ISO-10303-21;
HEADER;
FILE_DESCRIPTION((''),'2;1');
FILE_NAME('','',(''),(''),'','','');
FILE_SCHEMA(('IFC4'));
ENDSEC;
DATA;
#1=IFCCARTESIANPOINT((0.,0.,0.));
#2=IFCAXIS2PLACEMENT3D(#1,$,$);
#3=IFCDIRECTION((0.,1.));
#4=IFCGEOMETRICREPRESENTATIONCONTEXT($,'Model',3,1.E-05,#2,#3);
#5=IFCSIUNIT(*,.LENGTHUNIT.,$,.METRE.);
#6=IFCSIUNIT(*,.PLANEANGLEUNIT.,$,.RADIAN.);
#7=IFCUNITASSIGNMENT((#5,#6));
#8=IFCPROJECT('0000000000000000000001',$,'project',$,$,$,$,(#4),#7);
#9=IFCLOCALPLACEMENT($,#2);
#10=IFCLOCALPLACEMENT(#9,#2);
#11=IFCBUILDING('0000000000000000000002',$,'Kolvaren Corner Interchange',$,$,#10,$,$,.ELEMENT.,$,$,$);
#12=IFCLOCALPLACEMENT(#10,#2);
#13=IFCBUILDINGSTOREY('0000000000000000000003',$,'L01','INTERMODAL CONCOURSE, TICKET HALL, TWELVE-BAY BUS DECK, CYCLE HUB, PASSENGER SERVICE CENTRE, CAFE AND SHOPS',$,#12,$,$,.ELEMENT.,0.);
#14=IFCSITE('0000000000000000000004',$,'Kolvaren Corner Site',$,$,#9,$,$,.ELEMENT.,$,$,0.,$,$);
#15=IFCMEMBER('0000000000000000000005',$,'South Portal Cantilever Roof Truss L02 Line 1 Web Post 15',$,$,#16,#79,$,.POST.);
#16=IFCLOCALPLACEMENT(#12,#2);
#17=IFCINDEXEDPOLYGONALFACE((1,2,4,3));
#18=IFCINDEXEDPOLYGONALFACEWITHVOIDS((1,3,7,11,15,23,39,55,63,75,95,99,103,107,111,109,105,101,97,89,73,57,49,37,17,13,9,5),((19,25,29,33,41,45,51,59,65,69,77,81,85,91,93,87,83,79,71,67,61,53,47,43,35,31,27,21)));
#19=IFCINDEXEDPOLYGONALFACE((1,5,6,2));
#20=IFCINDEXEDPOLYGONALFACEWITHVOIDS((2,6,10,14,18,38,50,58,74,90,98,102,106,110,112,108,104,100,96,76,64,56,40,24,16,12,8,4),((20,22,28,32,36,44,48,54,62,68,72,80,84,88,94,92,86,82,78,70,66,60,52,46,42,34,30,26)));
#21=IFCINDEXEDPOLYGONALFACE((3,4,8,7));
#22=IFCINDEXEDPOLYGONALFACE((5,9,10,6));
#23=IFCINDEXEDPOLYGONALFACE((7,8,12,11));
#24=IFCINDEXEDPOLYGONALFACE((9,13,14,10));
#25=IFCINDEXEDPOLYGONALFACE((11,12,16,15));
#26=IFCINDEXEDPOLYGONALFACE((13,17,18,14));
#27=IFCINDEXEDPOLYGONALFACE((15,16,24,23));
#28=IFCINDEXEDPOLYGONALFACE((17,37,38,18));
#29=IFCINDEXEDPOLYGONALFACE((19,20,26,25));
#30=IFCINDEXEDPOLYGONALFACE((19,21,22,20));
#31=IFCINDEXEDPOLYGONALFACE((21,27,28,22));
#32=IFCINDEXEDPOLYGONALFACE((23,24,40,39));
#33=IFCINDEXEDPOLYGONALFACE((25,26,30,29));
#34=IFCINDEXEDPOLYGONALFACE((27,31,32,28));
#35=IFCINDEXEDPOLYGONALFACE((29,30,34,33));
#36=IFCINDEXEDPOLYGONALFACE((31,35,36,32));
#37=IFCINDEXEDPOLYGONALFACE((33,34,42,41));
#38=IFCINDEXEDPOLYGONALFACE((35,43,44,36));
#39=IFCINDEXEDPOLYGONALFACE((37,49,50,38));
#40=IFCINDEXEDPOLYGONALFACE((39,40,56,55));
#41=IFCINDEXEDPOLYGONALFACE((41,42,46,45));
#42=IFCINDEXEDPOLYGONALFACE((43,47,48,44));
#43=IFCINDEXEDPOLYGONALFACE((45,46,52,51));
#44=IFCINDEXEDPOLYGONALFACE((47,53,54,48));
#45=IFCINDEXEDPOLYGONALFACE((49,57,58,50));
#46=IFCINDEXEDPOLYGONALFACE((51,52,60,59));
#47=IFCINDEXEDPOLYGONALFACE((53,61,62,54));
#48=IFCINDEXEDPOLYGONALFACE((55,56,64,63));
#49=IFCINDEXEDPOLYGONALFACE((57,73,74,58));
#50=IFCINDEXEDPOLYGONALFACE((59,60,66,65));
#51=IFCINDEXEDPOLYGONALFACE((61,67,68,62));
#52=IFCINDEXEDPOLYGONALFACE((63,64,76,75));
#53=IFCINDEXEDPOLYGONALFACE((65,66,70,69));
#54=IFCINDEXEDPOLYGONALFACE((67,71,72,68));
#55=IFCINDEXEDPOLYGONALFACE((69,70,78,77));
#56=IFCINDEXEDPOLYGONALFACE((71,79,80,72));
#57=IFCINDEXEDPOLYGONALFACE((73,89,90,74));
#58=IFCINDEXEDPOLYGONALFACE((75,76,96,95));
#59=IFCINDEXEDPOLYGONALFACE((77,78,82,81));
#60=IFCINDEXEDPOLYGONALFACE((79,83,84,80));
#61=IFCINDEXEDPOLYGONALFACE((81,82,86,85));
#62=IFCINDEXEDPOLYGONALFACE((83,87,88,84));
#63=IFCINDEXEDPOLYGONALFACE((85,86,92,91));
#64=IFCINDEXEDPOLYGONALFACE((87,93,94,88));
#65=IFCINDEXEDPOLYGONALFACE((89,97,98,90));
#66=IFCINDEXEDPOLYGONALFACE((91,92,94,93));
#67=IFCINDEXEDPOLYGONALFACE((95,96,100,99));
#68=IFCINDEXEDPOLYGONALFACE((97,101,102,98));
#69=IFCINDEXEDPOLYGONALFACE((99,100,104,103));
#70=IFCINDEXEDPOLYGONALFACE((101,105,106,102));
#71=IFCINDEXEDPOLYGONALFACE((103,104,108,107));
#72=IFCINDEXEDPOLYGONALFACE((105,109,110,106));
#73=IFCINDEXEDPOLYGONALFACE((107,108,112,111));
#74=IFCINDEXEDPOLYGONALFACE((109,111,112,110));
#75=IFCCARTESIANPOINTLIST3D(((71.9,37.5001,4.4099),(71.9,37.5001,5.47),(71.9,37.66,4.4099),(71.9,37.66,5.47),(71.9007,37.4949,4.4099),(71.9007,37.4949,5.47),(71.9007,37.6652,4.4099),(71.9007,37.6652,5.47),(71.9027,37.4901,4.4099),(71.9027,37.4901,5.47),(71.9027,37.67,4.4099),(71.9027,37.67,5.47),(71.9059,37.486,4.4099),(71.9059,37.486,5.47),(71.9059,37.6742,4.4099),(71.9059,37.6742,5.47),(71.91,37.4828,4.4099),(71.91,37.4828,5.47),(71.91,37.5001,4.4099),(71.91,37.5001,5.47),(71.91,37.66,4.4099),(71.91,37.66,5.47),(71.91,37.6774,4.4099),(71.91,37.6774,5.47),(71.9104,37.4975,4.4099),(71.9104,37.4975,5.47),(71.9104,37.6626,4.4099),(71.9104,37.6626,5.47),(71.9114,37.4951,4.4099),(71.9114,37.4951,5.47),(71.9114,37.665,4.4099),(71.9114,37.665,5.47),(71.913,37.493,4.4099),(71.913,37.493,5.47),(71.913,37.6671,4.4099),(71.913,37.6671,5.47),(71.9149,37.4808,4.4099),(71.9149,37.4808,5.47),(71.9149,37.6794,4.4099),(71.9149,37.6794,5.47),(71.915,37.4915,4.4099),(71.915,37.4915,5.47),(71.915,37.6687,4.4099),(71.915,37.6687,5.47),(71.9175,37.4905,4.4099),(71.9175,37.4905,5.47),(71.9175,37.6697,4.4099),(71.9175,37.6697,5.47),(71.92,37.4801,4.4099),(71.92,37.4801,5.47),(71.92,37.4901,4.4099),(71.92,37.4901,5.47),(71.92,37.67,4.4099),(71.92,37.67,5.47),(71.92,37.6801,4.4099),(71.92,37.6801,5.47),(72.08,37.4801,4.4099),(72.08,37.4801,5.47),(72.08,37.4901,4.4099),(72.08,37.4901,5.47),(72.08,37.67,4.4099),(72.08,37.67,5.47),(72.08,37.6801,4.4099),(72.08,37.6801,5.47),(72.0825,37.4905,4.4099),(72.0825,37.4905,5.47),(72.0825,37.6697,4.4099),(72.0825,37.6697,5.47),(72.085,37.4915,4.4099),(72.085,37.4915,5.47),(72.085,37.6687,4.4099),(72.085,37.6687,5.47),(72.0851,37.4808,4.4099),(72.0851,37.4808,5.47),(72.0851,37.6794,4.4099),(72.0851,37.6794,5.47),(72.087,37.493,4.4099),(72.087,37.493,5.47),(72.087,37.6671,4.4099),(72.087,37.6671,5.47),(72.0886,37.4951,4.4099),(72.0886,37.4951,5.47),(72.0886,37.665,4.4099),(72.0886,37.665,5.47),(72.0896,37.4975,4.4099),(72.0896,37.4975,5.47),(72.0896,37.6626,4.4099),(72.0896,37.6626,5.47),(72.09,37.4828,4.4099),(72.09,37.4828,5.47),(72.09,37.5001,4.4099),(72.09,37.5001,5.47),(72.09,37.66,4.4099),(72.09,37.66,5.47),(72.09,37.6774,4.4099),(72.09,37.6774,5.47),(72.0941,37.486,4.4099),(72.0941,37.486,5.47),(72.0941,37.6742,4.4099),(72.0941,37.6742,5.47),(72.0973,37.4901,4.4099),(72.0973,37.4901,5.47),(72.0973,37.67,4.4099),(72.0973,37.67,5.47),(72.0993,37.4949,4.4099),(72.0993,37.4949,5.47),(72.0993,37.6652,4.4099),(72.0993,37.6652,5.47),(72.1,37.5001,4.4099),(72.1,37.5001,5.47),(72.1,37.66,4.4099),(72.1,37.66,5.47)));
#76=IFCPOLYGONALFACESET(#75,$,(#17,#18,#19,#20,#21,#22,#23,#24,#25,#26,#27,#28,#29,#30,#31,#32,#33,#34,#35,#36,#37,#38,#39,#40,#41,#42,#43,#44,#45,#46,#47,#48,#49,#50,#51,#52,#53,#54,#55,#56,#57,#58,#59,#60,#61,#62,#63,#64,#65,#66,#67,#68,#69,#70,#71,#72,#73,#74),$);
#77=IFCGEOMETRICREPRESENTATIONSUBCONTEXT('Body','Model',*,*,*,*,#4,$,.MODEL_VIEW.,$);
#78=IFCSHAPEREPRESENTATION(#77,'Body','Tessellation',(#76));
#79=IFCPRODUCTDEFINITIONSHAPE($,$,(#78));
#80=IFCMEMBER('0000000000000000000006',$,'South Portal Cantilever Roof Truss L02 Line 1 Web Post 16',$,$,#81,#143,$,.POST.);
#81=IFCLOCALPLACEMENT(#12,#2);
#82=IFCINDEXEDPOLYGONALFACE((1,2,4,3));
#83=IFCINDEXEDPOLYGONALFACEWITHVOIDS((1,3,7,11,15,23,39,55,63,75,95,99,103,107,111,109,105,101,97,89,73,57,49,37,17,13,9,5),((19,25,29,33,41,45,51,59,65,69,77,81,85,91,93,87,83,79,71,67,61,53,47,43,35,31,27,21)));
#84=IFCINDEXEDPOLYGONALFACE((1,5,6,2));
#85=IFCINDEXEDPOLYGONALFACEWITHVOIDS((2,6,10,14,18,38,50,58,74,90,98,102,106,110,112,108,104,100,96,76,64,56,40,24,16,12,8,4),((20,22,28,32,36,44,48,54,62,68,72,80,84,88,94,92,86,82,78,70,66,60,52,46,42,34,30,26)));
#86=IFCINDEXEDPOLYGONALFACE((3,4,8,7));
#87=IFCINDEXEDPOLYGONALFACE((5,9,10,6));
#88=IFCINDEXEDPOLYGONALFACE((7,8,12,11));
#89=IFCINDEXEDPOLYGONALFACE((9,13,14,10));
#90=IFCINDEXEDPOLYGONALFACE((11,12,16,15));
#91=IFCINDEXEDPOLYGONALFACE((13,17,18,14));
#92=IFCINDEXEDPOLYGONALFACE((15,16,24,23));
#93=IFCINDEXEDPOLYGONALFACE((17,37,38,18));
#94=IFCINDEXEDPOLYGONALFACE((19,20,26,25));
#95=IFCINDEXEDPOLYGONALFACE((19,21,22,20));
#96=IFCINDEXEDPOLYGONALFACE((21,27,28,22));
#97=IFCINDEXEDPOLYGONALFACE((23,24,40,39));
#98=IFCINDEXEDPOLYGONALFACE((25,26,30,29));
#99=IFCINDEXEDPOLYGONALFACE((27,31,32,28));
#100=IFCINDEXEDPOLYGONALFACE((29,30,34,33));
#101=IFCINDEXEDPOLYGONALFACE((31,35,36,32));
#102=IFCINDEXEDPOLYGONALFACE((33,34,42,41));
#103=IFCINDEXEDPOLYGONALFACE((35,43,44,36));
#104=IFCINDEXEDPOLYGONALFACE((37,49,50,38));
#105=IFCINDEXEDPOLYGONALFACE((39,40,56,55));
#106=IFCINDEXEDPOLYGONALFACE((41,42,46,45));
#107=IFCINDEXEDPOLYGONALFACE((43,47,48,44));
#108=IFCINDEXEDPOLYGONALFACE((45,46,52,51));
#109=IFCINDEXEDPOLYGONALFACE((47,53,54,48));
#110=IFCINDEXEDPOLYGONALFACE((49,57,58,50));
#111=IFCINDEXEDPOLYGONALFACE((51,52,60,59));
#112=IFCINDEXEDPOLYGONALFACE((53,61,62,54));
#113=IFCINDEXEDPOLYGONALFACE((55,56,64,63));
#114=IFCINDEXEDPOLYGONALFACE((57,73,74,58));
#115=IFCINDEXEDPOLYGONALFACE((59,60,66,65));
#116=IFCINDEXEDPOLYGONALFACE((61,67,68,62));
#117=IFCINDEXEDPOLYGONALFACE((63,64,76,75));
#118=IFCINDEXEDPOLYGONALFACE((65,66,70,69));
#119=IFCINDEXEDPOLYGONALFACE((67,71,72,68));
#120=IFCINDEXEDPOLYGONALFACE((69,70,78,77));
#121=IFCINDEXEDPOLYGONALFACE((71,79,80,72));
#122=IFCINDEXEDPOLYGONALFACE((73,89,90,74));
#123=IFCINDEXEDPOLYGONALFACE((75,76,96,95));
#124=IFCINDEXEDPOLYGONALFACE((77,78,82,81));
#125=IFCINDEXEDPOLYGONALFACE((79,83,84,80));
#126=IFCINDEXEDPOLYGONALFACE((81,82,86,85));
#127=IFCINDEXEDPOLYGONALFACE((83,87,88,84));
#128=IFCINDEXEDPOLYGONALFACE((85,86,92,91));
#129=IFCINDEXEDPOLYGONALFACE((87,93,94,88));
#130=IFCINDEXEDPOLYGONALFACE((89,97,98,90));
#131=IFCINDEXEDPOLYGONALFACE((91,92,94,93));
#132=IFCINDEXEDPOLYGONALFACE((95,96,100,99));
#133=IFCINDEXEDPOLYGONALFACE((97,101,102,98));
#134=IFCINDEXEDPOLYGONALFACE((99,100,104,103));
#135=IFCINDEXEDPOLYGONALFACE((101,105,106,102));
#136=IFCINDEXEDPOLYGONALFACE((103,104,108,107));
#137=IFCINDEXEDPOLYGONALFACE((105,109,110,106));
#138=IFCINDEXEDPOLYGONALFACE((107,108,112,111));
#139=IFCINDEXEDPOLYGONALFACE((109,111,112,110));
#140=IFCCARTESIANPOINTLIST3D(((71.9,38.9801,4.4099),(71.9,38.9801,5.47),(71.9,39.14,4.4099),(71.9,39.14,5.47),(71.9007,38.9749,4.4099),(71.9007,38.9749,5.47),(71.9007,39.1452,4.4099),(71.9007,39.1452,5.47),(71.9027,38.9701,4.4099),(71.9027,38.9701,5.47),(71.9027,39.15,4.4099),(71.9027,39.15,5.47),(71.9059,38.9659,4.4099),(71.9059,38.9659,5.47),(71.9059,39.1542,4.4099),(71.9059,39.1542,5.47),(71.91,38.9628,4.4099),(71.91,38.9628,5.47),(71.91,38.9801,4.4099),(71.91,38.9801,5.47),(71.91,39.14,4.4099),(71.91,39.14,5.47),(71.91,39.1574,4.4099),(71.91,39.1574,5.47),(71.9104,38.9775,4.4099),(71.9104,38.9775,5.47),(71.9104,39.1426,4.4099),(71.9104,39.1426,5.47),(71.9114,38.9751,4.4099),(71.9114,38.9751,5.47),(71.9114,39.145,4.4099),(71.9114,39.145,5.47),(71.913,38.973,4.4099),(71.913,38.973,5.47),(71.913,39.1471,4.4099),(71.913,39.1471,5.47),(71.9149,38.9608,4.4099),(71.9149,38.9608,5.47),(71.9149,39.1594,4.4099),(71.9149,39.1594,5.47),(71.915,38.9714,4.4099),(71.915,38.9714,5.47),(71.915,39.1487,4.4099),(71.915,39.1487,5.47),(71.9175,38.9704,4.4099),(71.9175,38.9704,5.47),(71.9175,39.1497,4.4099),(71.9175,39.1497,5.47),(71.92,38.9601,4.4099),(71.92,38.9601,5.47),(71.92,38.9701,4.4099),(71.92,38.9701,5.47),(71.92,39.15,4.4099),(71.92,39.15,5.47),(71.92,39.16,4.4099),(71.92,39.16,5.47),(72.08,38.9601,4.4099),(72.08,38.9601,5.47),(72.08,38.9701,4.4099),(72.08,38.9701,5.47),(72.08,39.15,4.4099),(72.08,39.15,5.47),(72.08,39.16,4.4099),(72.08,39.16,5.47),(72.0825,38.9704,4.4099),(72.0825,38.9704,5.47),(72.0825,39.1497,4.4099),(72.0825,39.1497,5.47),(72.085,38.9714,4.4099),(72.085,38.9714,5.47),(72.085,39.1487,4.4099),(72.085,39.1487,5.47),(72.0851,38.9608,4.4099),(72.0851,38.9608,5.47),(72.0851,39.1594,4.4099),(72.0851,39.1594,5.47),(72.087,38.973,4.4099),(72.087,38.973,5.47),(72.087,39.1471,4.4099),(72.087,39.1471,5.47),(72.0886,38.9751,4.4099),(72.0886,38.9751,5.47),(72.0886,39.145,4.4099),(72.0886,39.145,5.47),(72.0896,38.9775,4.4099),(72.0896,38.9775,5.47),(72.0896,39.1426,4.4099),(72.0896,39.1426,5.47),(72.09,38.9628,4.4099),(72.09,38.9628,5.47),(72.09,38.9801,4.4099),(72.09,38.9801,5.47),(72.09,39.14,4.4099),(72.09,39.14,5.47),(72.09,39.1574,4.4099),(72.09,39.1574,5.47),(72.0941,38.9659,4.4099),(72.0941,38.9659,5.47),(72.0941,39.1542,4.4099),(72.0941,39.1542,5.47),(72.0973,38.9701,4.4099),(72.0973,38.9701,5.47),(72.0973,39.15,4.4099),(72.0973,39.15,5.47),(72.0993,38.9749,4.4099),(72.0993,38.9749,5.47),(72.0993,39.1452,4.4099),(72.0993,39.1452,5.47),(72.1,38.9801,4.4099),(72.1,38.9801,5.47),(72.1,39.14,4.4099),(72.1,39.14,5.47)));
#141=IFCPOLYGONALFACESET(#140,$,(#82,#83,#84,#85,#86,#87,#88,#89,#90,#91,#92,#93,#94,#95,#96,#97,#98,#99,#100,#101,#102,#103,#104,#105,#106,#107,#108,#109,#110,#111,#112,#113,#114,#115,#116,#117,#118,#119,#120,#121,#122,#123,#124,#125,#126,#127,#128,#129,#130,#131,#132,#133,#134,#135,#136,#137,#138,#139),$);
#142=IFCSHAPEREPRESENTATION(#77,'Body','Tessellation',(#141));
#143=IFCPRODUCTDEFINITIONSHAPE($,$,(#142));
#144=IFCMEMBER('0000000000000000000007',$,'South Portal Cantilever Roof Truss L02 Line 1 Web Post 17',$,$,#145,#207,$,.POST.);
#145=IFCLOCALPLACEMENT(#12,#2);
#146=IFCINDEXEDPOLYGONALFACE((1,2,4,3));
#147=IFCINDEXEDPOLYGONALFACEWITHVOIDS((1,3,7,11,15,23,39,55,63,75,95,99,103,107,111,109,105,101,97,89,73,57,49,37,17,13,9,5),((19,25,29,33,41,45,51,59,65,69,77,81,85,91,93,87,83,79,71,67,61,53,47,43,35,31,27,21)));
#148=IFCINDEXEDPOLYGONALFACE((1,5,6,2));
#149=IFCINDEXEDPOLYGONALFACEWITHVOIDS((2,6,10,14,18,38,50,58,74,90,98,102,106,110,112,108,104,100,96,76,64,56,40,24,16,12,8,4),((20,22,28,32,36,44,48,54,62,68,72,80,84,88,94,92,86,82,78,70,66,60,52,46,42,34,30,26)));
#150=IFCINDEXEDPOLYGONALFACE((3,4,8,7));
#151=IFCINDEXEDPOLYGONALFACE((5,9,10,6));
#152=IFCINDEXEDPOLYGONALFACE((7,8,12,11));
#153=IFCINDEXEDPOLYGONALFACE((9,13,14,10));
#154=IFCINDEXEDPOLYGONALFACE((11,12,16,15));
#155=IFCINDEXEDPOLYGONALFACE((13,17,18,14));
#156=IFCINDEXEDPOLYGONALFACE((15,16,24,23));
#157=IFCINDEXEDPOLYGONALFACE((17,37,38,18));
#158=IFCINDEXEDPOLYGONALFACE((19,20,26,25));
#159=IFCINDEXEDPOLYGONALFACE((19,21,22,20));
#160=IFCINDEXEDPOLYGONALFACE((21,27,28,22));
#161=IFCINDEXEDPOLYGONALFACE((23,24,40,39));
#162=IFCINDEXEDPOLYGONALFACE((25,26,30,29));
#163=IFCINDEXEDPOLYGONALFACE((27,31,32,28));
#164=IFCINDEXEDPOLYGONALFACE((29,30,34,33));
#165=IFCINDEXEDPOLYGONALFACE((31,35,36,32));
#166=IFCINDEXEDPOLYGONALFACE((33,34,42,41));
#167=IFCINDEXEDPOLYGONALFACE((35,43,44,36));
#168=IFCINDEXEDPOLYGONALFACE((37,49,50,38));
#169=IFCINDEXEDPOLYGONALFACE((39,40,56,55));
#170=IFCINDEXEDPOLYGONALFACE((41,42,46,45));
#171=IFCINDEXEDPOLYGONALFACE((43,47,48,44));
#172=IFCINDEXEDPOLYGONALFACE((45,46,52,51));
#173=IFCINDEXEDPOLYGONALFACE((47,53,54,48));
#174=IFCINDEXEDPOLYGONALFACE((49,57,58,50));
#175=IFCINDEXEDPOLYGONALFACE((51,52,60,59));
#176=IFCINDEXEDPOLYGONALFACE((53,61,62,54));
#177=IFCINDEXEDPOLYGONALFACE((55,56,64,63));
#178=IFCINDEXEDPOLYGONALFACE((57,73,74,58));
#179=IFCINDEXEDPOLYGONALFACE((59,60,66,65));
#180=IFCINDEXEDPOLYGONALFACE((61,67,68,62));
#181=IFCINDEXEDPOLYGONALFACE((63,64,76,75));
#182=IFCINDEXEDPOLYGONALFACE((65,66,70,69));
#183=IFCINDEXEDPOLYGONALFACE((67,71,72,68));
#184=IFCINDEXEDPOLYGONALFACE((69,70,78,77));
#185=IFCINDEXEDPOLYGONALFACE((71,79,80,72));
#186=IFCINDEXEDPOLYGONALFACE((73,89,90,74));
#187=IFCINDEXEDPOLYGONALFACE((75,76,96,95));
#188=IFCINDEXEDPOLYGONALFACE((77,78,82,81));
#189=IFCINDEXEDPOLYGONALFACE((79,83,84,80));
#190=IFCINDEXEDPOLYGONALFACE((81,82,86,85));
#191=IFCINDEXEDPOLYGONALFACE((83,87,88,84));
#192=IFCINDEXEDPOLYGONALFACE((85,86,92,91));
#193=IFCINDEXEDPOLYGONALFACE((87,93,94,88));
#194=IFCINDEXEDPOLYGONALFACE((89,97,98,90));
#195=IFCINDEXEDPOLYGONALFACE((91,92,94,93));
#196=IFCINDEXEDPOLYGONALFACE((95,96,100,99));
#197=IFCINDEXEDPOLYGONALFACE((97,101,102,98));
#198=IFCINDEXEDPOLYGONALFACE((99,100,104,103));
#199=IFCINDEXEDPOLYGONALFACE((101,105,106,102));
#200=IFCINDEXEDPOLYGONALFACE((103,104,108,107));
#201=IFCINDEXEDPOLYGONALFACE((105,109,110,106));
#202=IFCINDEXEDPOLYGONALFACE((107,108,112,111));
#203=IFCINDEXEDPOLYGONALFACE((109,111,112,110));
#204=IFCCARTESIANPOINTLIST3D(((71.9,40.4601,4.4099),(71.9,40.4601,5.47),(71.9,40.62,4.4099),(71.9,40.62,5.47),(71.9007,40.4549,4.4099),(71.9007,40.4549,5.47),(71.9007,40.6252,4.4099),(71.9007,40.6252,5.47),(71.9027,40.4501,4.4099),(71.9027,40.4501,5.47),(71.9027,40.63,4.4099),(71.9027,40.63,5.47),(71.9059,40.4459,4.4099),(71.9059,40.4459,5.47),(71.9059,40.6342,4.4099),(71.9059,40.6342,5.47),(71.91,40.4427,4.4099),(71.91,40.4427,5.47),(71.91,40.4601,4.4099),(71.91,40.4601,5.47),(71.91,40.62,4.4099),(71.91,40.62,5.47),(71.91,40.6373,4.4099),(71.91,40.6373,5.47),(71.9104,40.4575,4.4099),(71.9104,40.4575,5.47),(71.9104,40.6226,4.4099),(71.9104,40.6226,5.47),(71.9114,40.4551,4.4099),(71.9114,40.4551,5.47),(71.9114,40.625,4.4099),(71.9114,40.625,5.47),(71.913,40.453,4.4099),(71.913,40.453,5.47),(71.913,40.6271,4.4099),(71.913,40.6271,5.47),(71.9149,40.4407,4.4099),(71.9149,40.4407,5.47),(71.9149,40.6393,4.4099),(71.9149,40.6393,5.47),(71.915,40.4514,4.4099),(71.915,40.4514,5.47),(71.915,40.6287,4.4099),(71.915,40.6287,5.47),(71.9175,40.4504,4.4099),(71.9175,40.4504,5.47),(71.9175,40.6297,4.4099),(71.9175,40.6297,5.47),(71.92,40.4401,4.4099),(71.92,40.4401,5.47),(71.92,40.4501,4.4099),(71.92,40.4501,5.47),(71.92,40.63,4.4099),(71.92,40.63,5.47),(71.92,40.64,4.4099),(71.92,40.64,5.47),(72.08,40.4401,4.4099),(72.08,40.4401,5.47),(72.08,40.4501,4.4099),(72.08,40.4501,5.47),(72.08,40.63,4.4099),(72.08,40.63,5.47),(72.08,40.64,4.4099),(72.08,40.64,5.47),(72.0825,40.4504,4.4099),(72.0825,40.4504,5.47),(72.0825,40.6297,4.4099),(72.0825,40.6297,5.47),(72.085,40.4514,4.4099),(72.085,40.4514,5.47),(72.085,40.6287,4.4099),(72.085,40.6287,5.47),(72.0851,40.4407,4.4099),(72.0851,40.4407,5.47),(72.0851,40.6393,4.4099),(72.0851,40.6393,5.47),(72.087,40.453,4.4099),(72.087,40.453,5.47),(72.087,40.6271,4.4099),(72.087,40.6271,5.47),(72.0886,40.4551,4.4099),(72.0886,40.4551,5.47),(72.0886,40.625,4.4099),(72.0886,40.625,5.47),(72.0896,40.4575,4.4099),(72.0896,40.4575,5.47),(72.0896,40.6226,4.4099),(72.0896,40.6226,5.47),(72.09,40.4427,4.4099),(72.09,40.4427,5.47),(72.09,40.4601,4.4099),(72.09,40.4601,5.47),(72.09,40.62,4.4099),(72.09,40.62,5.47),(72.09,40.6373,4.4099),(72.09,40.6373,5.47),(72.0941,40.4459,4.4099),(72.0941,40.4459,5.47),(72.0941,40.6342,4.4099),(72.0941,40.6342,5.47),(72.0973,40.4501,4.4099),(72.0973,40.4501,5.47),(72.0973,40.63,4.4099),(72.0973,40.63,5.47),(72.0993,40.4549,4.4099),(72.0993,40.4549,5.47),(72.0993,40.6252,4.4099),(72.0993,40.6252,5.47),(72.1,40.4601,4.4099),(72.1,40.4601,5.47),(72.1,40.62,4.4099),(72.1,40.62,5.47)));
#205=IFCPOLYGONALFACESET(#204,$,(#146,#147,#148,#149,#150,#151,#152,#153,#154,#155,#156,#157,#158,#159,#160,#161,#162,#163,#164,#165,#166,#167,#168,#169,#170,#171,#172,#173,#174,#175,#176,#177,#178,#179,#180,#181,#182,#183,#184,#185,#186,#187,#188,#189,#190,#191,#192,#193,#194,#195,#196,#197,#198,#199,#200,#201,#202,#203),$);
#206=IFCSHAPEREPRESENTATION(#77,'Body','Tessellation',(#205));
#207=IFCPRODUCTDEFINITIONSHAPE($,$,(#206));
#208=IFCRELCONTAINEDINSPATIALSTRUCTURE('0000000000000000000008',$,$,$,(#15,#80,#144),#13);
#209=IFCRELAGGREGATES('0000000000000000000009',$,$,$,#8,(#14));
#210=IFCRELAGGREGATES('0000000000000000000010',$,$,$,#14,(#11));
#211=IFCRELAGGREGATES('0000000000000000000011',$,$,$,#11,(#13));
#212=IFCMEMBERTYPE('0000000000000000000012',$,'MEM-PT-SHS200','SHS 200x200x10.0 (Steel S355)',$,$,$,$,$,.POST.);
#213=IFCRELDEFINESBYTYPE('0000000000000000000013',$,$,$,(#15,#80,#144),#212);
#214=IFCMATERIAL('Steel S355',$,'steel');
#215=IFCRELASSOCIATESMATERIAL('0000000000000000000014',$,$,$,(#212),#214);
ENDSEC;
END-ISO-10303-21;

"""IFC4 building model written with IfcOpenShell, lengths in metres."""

from ifc_helpers import new_model, si_unit, direction, frame, origin, origin_2d, place, context, subcontext, project, spatial, hollow_rectangle, extrude, material, material_profile, profile_set, type_object, element, save


model = new_model("IFC4")

# Units and contexts
model_context = context("Model", 3, precision=1e-05, world=origin(), true_north=direction((0.0, 1.0)))
body_context = subcontext(model_context, "Body", "Model", "MODEL_VIEW")
ifc_project = project(units=[si_unit("LENGTHUNIT", "METRE"), si_unit("PLANEANGLEUNIT", "RADIAN")], contexts=[model_context])

# Site, building, storey
site_placement = place(None, origin())
site = spatial("IfcSite", under=ifc_project, at=site_placement, Name="Kolvaren Corner Site", CompositionType="ELEMENT", RefElevation=0.0)
building_placement = place(site_placement, origin())
building = spatial("IfcBuilding", under=site, at=building_placement, Name="Kolvaren Corner Interchange", CompositionType="ELEMENT")
storey_placement = place(building_placement, origin())
storey = spatial("IfcBuildingStorey", under=building, at=storey_placement, Name="L01", Description="INTERMODAL CONCOURSE, TICKET HALL, TWELVE-BAY BUS DECK, CYCLE HUB, PASSENGER SERVICE CENTRE, CAFE AND SHOPS", CompositionType="ELEMENT", Elevation=0.0)

# Members
ifc_material_1 = material(Name="Steel S355", Category="steel")
ifc_material_profile_1 = material_profile(ifc_material_1, hollow_rectangle(XDim=0.2, YDim=0.2, WallThickness=0.01, InnerFilletRadius=0.01, OuterFilletRadius=0.02, at=origin_2d()), Name="SHS 200x200x10.0")
ifc_profile_set_1 = profile_set([ifc_material_profile_1], Name="Steel S355")
member_type_1 = type_object("IfcMemberType", Name="MEM-PT-SHS200", Description="SHS 200x200x10.0 (Steel S355)", PredefinedType="POST", material=ifc_profile_set_1)
for number, where, z_axis, x_axis, name in (
    (1, (72.0, 37.5801, 4.4099), (0.0, 0.0, 1.0), (1.0, 0.0, 0.0), "South Portal Cantilever Roof Truss L02 Line 1 Web Post 15"),
    (2, (72.0, 39.0601, 4.4099), (0.0, 0.0, 1.0), (1.0, 0.0, 0.0), "South Portal Cantilever Roof Truss L02 Line 1 Web Post 16"),
    (3, (72.0, 40.54, 4.4099), (0.0, 0.0, 1.0), (1.0, 0.0, 0.0), "South Portal Cantilever Roof Truss L02 Line 1 Web Post 17"),
):
    element("IfcMember", number, at=place(storey_placement, frame(where, z_axis=z_axis, x_axis=x_axis)), inside=storey, type_object=member_type_1, Name=name, PredefinedType="POST", context=body_context, shape_type="SweptSolid", body=[
        extrude(hollow_rectangle(XDim=0.2, YDim=0.2, WallThickness=0.01, InnerFilletRadius=0.01, OuterFilletRadius=0.02, at=origin_2d()), origin(), (0.0, 0.0, 1.0), 1.0601),
    ])

save(model, "model.ifc")
